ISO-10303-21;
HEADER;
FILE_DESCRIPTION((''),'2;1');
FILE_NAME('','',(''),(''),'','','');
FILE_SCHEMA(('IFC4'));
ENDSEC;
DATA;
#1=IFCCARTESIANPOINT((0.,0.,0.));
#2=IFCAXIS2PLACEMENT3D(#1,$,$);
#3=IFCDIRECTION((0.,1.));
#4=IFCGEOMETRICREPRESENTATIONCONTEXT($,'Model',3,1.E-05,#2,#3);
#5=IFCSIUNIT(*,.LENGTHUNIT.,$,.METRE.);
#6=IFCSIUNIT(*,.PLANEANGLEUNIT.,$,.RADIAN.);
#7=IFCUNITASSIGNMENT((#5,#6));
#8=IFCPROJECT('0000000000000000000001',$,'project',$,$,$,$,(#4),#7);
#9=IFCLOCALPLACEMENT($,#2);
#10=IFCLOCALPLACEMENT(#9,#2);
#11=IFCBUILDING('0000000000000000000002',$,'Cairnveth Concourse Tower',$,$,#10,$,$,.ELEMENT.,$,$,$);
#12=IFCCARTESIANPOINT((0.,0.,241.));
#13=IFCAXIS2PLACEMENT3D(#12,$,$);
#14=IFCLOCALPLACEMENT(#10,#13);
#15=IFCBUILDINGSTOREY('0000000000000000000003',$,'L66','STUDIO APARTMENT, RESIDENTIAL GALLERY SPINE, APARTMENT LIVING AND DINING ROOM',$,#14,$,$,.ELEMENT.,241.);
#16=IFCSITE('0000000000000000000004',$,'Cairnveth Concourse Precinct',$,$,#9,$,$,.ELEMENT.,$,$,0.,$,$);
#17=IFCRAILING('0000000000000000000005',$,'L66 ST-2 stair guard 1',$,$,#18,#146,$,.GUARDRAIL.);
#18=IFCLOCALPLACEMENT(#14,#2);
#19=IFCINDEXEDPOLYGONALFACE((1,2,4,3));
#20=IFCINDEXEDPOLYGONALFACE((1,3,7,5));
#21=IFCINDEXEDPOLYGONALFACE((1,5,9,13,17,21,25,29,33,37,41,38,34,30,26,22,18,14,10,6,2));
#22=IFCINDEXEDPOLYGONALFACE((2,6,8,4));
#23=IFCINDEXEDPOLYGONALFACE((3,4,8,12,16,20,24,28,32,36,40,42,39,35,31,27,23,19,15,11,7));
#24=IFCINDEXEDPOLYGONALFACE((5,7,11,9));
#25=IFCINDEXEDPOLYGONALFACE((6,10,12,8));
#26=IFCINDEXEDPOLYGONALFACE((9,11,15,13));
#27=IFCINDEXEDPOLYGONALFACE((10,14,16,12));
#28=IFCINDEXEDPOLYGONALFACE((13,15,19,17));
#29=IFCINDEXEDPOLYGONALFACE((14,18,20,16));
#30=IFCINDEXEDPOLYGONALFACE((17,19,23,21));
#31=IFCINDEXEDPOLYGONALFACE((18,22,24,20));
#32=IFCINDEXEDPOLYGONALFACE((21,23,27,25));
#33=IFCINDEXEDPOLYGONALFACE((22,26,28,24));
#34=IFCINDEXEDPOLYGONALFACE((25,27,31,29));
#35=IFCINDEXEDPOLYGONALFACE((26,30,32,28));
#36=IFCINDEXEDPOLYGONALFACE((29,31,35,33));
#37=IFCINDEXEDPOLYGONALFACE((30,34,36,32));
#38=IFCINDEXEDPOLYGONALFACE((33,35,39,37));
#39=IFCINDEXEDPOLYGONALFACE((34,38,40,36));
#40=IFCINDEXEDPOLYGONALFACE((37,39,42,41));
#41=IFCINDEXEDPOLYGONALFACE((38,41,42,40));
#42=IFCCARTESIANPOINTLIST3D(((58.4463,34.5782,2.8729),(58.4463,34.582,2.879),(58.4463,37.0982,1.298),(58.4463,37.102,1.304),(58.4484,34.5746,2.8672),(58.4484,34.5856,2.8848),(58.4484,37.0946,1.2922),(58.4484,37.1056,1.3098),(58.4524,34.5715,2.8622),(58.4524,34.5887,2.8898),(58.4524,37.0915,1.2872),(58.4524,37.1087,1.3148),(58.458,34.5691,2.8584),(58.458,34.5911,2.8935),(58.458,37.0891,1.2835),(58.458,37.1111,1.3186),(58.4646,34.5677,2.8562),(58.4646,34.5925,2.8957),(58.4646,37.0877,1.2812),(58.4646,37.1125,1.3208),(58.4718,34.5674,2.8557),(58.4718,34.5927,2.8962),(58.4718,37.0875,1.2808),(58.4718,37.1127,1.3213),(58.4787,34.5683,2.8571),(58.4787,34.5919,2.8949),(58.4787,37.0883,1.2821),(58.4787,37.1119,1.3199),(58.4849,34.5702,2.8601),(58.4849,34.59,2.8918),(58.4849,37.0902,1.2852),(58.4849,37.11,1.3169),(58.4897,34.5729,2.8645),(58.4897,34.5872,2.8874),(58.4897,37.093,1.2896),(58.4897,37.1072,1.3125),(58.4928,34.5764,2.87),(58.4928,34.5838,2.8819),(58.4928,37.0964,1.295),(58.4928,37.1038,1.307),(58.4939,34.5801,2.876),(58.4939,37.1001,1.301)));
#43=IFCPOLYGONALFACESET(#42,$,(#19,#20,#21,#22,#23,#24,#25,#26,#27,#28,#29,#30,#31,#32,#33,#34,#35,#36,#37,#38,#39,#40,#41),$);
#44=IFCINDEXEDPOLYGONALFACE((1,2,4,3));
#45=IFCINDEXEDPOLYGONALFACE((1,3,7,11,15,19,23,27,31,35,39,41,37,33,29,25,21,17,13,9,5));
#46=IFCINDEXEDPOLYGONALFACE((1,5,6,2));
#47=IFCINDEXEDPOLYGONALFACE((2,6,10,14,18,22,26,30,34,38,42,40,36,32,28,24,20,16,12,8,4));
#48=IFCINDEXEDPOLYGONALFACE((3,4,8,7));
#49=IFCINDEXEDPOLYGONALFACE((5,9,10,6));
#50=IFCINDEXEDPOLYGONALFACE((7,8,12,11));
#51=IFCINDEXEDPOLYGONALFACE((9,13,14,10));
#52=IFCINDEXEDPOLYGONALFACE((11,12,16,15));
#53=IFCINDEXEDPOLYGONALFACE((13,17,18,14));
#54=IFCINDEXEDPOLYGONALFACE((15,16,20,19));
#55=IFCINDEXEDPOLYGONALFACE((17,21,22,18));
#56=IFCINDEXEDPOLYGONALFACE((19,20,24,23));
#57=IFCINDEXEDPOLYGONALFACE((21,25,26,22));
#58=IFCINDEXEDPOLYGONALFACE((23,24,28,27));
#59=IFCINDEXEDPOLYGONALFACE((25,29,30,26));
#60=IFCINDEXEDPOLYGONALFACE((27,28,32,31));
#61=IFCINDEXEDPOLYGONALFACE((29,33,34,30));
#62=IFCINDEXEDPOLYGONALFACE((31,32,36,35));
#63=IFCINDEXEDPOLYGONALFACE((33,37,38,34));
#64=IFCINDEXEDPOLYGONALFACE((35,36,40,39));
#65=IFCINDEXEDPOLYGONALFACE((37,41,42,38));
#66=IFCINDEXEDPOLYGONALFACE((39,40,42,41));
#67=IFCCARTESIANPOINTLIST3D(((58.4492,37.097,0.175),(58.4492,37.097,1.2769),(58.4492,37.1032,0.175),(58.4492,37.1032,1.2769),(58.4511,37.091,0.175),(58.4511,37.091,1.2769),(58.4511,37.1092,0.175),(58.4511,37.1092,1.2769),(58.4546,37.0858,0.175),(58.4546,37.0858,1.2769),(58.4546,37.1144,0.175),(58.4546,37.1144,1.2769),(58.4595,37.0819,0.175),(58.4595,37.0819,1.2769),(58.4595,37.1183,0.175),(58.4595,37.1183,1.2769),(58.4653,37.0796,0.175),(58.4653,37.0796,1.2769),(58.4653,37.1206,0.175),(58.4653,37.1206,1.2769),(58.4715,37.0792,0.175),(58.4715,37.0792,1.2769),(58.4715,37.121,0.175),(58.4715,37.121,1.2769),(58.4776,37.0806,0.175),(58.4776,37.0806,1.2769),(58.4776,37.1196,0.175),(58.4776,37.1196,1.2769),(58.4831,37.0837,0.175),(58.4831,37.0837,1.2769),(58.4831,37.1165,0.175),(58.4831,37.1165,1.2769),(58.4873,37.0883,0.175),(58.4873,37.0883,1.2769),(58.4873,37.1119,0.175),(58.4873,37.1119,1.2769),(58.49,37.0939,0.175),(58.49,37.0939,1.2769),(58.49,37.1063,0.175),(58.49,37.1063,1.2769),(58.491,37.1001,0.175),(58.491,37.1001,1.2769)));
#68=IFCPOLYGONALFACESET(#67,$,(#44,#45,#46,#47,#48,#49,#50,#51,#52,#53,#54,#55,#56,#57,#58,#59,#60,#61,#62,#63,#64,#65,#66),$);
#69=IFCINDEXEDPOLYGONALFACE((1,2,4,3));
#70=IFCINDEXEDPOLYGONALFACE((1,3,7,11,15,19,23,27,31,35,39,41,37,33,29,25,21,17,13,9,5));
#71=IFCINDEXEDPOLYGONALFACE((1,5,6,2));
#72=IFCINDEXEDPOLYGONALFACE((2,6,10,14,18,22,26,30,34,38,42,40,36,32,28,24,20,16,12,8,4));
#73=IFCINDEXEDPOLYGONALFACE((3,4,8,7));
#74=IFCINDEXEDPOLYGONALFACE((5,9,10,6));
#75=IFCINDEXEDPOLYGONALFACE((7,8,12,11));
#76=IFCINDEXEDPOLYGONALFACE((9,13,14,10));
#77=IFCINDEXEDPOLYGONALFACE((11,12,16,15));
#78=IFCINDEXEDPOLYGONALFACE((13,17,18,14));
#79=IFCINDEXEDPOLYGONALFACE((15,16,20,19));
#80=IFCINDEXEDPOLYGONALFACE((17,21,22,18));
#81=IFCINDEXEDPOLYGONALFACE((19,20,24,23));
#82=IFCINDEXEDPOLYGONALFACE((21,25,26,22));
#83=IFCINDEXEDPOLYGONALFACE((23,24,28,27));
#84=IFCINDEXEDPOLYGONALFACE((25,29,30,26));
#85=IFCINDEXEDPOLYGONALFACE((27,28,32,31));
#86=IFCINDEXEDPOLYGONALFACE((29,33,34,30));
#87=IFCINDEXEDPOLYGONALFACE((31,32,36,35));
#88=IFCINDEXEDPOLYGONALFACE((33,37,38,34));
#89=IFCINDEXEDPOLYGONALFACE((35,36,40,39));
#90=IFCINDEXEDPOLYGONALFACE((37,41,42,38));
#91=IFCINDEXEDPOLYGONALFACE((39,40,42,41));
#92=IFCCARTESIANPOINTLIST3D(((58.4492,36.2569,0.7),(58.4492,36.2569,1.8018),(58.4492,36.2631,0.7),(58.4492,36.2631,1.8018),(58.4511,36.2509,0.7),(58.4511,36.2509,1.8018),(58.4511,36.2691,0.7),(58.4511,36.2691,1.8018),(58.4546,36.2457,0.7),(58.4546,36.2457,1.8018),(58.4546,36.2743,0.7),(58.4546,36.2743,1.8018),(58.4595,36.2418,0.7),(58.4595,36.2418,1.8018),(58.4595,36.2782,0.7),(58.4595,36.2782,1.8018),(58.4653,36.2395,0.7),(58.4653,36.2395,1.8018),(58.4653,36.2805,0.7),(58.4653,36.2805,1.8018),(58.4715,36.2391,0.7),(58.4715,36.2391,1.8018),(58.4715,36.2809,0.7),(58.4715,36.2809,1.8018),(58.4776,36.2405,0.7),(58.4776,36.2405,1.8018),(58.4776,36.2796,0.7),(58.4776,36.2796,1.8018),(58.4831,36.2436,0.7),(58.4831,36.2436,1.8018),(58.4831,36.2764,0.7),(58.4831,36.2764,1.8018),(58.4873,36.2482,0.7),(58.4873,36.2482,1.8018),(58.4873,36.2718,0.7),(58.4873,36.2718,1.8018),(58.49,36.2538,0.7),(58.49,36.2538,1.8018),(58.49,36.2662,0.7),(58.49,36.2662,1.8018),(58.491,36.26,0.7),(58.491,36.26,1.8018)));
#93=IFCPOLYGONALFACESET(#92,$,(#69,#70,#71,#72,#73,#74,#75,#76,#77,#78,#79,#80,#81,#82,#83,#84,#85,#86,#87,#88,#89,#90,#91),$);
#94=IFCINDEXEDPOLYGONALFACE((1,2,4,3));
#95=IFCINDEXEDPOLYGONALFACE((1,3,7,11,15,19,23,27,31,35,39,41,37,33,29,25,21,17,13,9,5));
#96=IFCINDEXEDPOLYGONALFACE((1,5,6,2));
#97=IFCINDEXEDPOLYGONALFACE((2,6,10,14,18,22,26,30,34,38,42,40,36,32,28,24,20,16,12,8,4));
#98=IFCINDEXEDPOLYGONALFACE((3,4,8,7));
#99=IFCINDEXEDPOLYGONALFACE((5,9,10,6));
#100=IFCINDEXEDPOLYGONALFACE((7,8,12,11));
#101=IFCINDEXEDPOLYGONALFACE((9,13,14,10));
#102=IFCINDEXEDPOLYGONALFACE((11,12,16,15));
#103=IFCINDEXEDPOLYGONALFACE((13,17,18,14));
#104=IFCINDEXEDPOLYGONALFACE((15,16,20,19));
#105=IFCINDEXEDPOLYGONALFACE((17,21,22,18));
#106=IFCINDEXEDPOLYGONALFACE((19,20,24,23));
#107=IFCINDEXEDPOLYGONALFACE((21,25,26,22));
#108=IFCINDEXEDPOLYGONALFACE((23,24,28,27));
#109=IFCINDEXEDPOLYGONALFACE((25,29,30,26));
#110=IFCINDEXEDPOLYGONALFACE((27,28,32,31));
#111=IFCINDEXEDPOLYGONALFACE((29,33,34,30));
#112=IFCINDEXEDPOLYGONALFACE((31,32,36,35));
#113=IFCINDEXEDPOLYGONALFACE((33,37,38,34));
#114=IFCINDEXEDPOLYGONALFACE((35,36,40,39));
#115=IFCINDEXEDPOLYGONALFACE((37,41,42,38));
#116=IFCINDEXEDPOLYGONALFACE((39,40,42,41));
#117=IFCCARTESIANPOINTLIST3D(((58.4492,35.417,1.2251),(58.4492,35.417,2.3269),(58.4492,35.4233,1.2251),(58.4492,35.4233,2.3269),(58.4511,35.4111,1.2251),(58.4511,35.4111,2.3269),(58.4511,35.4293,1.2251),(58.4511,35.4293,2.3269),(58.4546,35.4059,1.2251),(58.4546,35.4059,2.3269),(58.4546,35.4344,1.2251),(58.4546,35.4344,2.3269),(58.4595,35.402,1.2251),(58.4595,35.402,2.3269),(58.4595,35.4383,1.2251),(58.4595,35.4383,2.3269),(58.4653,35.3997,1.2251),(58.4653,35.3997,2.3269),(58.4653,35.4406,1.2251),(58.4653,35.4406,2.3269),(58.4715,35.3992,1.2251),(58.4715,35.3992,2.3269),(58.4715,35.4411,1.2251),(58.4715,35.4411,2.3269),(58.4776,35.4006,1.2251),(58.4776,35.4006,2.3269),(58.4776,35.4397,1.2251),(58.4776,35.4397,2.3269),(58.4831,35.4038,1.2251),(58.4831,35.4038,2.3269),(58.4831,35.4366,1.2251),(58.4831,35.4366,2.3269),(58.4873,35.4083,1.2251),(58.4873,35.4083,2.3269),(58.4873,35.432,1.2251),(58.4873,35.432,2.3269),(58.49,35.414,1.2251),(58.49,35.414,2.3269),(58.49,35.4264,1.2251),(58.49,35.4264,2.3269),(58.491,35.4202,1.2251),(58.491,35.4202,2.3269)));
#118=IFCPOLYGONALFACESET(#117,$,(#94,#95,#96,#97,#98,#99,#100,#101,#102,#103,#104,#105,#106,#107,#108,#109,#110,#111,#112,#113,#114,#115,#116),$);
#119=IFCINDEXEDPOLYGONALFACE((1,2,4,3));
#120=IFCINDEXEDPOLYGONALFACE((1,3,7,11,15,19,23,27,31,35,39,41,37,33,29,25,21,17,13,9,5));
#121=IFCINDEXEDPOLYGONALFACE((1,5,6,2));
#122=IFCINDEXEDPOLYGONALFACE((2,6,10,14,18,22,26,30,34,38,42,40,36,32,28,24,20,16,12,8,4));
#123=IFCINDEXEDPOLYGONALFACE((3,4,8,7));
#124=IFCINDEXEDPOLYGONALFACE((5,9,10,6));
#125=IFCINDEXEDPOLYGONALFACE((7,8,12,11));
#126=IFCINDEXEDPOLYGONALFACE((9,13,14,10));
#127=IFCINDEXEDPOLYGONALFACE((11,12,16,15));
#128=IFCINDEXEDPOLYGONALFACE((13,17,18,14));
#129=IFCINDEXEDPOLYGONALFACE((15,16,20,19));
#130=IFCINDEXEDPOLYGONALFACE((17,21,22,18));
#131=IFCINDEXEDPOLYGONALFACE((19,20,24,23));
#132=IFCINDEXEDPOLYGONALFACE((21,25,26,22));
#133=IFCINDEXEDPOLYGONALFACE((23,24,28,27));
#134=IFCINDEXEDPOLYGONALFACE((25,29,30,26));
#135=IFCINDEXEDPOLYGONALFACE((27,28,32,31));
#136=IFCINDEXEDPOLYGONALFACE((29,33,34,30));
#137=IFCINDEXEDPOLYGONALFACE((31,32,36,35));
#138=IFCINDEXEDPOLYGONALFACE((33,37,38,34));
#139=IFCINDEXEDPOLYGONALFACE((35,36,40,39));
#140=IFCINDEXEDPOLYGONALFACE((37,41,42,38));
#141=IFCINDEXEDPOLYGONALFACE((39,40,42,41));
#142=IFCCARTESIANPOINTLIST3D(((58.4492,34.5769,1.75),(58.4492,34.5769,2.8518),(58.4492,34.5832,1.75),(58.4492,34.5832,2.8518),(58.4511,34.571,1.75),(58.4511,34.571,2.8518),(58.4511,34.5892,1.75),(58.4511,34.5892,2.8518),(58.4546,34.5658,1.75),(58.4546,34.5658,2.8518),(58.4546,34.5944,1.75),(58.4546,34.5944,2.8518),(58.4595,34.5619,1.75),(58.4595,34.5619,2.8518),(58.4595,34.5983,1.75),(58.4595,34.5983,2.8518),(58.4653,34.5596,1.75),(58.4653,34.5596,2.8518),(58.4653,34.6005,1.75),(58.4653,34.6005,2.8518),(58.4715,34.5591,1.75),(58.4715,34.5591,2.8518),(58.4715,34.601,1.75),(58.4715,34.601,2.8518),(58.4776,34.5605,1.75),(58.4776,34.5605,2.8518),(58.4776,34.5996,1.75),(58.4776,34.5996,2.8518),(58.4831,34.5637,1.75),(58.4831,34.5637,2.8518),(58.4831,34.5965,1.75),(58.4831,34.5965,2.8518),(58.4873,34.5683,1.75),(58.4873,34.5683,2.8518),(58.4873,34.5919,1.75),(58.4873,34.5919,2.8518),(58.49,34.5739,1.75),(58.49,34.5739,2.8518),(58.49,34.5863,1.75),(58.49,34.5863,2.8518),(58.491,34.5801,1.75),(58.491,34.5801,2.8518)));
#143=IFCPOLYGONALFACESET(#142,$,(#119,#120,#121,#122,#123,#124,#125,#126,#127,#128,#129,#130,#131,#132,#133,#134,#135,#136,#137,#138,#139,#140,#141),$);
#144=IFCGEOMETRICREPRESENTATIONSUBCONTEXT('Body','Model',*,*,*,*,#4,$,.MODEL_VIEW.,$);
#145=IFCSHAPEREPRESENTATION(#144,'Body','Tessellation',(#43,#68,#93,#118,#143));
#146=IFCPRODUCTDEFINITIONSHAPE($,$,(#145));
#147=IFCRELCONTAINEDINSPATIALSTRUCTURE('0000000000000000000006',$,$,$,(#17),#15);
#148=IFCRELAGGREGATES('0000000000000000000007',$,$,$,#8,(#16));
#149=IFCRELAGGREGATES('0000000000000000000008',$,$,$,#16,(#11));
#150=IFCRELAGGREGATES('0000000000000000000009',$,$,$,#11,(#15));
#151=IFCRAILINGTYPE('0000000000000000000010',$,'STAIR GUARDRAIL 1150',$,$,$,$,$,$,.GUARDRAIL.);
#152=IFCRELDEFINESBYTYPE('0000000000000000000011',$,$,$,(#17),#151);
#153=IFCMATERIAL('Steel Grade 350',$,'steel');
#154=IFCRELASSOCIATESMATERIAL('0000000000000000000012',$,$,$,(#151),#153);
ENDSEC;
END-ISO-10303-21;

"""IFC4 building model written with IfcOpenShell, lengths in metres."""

from ifc_helpers import new_model, si_unit, direction, frame, origin, origin_2d, place, context, subcontext, project, spatial, circle, extrude, material, type_object, element, save


model = new_model("IFC4")

# Units and contexts
model_context = context("Model", 3, precision=1e-05, world=origin(), true_north=direction((0.0, 1.0)))
body_context = subcontext(model_context, "Body", "Model", "MODEL_VIEW")
ifc_project = project(units=[si_unit("LENGTHUNIT", "METRE"), si_unit("PLANEANGLEUNIT", "RADIAN")], contexts=[model_context])

# Site, building, storey
site_placement = place(None, origin())
site = spatial("IfcSite", under=ifc_project, at=site_placement, Name="Cairnveth Concourse Precinct", CompositionType="ELEMENT", RefElevation=0.0)
building_placement = place(site_placement, origin())
building = spatial("IfcBuilding", under=site, at=building_placement, Name="Cairnveth Concourse Tower", CompositionType="ELEMENT")
storey_placement = place(building_placement, frame((0.0, 0.0, 241.0)))
storey = spatial("IfcBuildingStorey", under=building, at=storey_placement, Name="L66", Description="STUDIO APARTMENT, RESIDENTIAL GALLERY SPINE, APARTMENT LIVING AND DINING ROOM", CompositionType="ELEMENT", Elevation=241.0)

# Shared definitions
ifc_material_1 = material(Name="Steel Grade 350", Category="steel")

# Railing
railing_type_1 = type_object("IfcRailingType", Name="STAIR GUARDRAIL 1150", PredefinedType="GUARDRAIL", material=ifc_material_1)
railing_1_placement = place(storey_placement, frame((58.47, 37.1001, 0.175)))
element("IfcRailing", 1, at=railing_1_placement, inside=storey, type_object=railing_type_1, Name="L66 ST-2 stair guard 1", PredefinedType="GUARDRAIL", context=body_context, shape_type="SweptSolid", body=[
    extrude(circle(Radius=0.0239, at=origin_2d()), frame((0.0, 0.0, 1.126), z_axis=(0.0, -0.848008, 0.529984), x_axis=(1.0, 0.0, 0.0)), (0.0, 0.0, 1.0), 2.9717),
    extrude(circle(Radius=0.021, at=origin_2d()), origin(), (0.0, 0.0, 1.0), 1.1018),
    extrude(circle(Radius=0.021, at=origin_2d()), frame((0.0, -0.8401, 0.5249)), (0.0, 0.0, 1.0), 1.1018),
    extrude(circle(Radius=0.021, at=origin_2d()), frame((0.0, -1.6799, 1.05)), (0.0, 0.0, 1.0), 1.1018),
    extrude(circle(Radius=0.021, at=origin_2d()), frame((0.0, -2.52, 1.575)), (0.0, 0.0, 1.0), 1.1018),
])

save(model, "model.ifc")
